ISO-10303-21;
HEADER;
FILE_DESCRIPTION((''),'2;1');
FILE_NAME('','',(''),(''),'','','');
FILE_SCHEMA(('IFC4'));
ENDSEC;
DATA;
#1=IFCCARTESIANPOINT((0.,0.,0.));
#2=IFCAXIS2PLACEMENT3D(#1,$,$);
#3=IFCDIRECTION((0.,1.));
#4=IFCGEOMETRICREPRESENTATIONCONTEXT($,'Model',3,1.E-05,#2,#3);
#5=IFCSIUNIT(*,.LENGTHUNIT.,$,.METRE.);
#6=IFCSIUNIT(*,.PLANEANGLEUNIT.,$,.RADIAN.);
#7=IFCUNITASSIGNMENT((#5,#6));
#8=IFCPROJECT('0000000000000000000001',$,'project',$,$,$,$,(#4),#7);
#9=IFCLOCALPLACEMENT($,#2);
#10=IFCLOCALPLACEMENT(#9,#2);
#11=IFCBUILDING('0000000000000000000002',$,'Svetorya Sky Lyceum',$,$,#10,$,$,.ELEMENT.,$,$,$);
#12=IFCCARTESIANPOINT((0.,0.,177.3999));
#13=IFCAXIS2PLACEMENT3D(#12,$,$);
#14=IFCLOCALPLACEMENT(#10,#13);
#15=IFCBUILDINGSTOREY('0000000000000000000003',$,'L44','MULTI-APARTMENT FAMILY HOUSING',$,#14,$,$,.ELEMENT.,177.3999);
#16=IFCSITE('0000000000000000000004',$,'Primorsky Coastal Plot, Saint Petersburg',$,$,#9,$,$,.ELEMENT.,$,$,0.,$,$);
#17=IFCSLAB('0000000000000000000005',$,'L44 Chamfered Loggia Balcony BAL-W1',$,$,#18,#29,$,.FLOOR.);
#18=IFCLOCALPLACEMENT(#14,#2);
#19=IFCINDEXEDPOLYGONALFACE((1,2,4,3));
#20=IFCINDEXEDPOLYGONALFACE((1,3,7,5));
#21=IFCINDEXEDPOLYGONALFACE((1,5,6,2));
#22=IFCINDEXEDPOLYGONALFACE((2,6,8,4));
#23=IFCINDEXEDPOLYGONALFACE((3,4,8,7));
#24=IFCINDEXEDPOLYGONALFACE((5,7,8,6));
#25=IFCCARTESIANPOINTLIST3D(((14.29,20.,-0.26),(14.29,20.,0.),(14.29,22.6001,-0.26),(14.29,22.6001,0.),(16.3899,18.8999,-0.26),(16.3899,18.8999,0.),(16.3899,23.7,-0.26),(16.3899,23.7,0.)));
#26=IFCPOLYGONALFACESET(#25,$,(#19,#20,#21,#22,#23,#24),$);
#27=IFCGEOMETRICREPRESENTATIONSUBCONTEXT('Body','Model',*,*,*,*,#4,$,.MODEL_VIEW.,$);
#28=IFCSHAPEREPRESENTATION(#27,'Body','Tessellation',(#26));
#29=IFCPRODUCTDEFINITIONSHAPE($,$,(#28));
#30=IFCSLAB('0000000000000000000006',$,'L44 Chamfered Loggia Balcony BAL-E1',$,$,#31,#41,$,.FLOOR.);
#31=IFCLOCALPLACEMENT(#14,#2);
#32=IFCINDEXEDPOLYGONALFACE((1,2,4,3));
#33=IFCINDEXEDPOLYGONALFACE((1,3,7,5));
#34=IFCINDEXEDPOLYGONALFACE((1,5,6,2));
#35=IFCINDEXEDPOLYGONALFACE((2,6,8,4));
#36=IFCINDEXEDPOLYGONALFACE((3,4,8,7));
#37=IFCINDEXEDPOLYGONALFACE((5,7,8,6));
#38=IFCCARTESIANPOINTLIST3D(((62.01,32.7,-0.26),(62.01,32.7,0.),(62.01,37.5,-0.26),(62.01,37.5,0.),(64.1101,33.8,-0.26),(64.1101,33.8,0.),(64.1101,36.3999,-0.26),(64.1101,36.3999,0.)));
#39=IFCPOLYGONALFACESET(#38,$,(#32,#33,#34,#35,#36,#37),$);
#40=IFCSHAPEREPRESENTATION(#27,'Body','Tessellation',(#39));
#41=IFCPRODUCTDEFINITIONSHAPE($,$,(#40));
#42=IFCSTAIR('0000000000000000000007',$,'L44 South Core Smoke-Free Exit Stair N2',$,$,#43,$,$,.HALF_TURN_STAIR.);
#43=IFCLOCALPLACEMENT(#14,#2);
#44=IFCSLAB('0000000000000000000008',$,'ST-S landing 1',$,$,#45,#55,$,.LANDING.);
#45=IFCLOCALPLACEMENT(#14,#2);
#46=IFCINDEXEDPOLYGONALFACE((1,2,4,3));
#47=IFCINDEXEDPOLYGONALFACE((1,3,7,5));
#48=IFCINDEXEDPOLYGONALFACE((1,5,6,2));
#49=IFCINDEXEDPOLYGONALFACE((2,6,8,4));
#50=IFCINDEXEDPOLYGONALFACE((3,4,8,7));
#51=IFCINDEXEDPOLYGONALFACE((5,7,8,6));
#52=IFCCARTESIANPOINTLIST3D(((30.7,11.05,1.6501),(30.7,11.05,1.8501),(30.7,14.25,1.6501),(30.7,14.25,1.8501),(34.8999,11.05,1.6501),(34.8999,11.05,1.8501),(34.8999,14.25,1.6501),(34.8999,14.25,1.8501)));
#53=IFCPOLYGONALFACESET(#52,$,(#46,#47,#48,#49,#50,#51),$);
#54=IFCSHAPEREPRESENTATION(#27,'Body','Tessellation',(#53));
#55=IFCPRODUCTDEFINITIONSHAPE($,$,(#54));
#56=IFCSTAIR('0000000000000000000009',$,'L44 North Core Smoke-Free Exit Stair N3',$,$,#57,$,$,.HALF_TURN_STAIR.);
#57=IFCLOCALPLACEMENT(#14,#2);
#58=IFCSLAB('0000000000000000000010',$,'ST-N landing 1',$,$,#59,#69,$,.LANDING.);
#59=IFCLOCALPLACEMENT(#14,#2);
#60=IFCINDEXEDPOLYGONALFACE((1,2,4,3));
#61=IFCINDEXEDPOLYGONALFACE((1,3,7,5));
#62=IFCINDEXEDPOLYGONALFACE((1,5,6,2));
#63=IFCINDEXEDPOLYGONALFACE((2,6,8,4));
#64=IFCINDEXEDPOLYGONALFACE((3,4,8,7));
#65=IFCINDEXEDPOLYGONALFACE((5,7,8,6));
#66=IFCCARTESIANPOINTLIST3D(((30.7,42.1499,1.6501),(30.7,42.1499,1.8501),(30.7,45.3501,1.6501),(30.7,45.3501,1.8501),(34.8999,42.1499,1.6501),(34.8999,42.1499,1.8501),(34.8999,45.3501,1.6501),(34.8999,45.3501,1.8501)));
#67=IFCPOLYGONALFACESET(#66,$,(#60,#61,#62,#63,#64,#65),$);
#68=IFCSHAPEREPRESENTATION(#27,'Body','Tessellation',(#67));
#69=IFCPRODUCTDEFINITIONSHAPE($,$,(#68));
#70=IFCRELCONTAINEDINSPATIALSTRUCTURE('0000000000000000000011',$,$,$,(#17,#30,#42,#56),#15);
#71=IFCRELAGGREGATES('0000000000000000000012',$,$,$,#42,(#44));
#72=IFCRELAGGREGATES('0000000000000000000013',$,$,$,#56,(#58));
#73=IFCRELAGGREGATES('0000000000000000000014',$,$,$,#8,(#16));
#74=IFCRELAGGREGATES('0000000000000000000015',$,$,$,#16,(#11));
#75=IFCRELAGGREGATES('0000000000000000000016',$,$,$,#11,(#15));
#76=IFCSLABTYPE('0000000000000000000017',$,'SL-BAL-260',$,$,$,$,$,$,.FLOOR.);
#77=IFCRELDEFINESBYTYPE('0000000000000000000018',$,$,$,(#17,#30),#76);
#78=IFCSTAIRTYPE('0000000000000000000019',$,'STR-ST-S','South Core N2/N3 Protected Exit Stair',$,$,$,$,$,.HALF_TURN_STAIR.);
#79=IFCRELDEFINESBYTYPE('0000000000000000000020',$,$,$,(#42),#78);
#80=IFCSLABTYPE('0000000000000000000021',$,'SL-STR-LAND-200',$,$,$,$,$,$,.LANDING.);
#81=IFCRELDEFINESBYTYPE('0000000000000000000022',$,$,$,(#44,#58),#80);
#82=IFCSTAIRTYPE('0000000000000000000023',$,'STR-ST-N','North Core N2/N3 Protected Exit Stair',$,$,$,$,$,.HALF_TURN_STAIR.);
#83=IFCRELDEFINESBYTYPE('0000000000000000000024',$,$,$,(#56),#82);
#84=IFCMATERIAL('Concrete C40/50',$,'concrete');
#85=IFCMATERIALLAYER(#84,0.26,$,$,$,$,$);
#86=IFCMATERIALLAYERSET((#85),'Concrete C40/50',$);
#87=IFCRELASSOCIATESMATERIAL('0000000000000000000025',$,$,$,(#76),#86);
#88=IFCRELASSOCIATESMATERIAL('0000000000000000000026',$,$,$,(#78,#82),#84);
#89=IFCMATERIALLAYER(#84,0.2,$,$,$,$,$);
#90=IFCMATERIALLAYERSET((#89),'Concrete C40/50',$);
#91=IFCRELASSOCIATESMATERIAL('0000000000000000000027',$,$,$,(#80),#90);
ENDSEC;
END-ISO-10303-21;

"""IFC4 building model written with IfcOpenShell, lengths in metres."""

from ifc_helpers import new_model, si_unit, direction, frame, origin, place, context, subcontext, project, spatial, polyline, outline, extrude, material, layer, layer_set, type_object, element, aggregate, save


model = new_model("IFC4")

# Units and contexts
model_context = context("Model", 3, precision=1e-05, world=origin(), true_north=direction((0.0, 1.0)))
body_context = subcontext(model_context, "Body", "Model", "MODEL_VIEW")
ifc_project = project(units=[si_unit("LENGTHUNIT", "METRE"), si_unit("PLANEANGLEUNIT", "RADIAN")], contexts=[model_context])

# Site, building, storey
site_placement = place(None, origin())
site = spatial("IfcSite", under=ifc_project, at=site_placement, Name="Primorsky Coastal Plot, Saint Petersburg", CompositionType="ELEMENT", RefElevation=0.0)
building_placement = place(site_placement, origin())
building = spatial("IfcBuilding", under=site, at=building_placement, Name="Svetorya Sky Lyceum", CompositionType="ELEMENT")
storey_placement = place(building_placement, frame((0.0, 0.0, 177.3999)))
storey = spatial("IfcBuildingStorey", under=building, at=storey_placement, Name="L44", Description="MULTI-APARTMENT FAMILY HOUSING", CompositionType="ELEMENT", Elevation=177.3999)

# Slabs
ifc_material_1 = material(Name="Concrete C40/50", Category="concrete")
ifc_layer_1 = layer(ifc_material_1, 0.26)
ifc_layer_set_1 = layer_set([ifc_layer_1], Name="Concrete C40/50")
slab_type_1 = type_object("IfcSlabType", Name="SL-BAL-260", PredefinedType="FLOOR", material=ifc_layer_set_1)
slab_1_placement = place(storey_placement, frame((0.0, 0.0, -0.26)))
element("IfcSlab", 1, at=slab_1_placement, inside=storey, type_object=slab_type_1, Name="L44 Chamfered Loggia Balcony BAL-W1", PredefinedType="FLOOR", context=body_context, shape_type="SweptSolid", body=[
    extrude(outline(polyline([(16.3899, 18.8999), (16.3899, 23.7), (14.29, 22.6001), (14.29, 20.0), (16.3899, 18.8999)])), origin(), (0.0, 0.0, 1.0), 0.26),
])
slab_2_placement = place(storey_placement, frame((0.0, 0.0, -0.26)))
element("IfcSlab", 2, at=slab_2_placement, inside=storey, type_object=slab_type_1, Name="L44 Chamfered Loggia Balcony BAL-E1", PredefinedType="FLOOR", context=body_context, shape_type="SweptSolid", body=[
    extrude(outline(polyline([(62.01, 32.7), (64.1101, 33.8), (64.1101, 36.3999), (62.01, 37.5), (62.01, 32.7)])), origin(), (0.0, 0.0, 1.0), 0.26),
])

# Stairs, slabs
stair_type_1 = type_object("IfcStairType", Name="STR-ST-S", Description="South Core N2/N3 Protected Exit Stair", PredefinedType="HALF_TURN_STAIR", material=ifc_material_1)
stair_1_placement = place(storey_placement, origin())
stair_1 = element("IfcStair", 3, at=stair_1_placement, inside=storey, type_object=stair_type_1, Name="L44 South Core Smoke-Free Exit Stair N2", PredefinedType="HALF_TURN_STAIR")
ifc_layer_2 = layer(ifc_material_1, 0.2)
ifc_layer_set_2 = layer_set([ifc_layer_2], Name="Concrete C40/50")
slab_type_2 = type_object("IfcSlabType", Name="SL-STR-LAND-200", PredefinedType="LANDING", material=ifc_layer_set_2)
slab_3_placement = place(storey_placement, frame((0.0, 0.0, 1.6501)))
slab_3 = element("IfcSlab", 4, at=slab_3_placement, type_object=slab_type_2, Name="ST-S landing 1", PredefinedType="LANDING", context=body_context, shape_type="SweptSolid", body=[
    extrude(outline(polyline([(30.7, 11.05), (34.8999, 11.05), (34.8999, 14.25), (30.7, 14.25), (30.7, 11.05)])), origin(), (0.0, 0.0, 1.0), 0.2),
])
aggregate(stair_1, [slab_3])
stair_type_2 = type_object("IfcStairType", Name="STR-ST-N", Description="North Core N2/N3 Protected Exit Stair", PredefinedType="HALF_TURN_STAIR", material=ifc_material_1)
stair_2_placement = place(storey_placement, origin())
stair_2 = element("IfcStair", 5, at=stair_2_placement, inside=storey, type_object=stair_type_2, Name="L44 North Core Smoke-Free Exit Stair N3", PredefinedType="HALF_TURN_STAIR")
slab_4_placement = place(storey_placement, frame((0.0, 0.0, 1.6501)))
slab_4 = element("IfcSlab", 6, at=slab_4_placement, type_object=slab_type_2, Name="ST-N landing 1", PredefinedType="LANDING", context=body_context, shape_type="SweptSolid", body=[
    extrude(outline(polyline([(30.7, 42.1499), (34.8999, 42.1499), (34.8999, 45.3501), (30.7, 45.3501), (30.7, 42.1499)])), origin(), (0.0, 0.0, 1.0), 0.2),
])
aggregate(stair_2, [slab_4])

save(model, "model.ifc")
